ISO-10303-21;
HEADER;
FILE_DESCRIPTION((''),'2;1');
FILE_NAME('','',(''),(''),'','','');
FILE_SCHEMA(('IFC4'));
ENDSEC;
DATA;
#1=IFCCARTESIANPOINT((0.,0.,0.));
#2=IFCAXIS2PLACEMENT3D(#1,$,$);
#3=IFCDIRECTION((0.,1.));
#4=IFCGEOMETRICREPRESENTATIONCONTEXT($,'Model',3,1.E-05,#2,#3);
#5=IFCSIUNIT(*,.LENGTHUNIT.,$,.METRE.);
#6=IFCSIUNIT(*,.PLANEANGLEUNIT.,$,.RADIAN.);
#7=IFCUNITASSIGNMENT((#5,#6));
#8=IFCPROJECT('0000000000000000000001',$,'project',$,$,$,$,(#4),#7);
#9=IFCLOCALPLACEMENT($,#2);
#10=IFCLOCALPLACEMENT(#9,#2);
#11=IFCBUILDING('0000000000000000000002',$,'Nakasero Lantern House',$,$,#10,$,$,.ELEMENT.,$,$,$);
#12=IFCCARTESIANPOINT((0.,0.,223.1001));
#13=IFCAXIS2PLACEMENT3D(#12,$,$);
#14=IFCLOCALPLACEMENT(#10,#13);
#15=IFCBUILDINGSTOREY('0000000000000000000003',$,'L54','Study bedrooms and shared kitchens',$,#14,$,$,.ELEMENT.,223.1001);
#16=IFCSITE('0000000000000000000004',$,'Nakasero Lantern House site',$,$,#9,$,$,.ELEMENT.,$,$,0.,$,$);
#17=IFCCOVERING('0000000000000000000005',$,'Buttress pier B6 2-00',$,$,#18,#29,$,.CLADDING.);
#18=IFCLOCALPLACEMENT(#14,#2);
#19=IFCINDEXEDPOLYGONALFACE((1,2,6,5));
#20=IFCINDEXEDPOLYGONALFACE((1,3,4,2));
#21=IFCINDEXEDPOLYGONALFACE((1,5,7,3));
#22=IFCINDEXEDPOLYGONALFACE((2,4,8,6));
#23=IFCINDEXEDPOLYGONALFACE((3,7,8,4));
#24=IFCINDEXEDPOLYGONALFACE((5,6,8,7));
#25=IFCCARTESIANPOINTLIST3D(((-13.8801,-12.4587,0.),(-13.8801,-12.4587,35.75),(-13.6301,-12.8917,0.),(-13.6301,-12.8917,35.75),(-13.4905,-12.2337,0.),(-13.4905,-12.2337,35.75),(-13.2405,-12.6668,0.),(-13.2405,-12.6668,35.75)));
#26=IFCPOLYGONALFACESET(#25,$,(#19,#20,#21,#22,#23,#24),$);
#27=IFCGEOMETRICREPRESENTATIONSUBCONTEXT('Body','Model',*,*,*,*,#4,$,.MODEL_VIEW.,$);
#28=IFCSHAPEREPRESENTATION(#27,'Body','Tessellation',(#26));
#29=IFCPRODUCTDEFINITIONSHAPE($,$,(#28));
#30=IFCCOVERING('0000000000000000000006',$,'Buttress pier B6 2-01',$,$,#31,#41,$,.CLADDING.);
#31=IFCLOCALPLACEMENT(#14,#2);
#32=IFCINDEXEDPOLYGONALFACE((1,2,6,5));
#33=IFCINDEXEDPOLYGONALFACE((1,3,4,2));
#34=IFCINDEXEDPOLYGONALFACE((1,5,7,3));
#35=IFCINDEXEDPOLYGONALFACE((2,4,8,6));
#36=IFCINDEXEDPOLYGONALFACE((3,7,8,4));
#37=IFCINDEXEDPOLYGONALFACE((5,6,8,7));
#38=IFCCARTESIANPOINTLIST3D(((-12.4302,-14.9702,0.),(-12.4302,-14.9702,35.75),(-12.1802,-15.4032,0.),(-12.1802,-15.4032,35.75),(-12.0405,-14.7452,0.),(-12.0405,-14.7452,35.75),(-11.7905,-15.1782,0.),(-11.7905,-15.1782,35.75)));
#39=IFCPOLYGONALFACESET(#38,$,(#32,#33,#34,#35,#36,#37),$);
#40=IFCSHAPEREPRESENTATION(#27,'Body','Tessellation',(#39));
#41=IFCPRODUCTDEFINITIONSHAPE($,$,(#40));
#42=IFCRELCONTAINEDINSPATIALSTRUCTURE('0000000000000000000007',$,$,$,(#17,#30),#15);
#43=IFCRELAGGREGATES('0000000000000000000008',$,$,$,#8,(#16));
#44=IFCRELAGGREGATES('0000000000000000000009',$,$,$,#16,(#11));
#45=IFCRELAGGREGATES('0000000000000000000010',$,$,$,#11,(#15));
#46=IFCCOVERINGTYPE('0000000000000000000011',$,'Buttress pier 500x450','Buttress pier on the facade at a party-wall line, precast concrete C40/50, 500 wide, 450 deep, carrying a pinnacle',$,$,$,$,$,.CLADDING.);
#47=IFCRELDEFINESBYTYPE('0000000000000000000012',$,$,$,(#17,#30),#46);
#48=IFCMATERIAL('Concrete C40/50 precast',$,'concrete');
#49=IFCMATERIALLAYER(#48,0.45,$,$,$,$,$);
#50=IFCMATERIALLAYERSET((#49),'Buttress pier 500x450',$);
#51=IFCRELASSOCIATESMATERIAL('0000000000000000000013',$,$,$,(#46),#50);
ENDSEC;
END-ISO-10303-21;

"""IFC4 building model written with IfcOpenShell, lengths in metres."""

from ifc_helpers import new_model, si_unit, direction, frame, origin, origin_2d, place, context, subcontext, project, spatial, rectangle, extrude, material, layer, layer_set, type_object, element, save


model = new_model("IFC4")

# Units and contexts
model_context = context("Model", 3, precision=1e-05, world=origin(), true_north=direction((0.0, 1.0)))
body_context = subcontext(model_context, "Body", "Model", "MODEL_VIEW")
ifc_project = project(units=[si_unit("LENGTHUNIT", "METRE"), si_unit("PLANEANGLEUNIT", "RADIAN")], contexts=[model_context])

# Site, building, storey
site_placement = place(None, origin())
site = spatial("IfcSite", under=ifc_project, at=site_placement, Name="Nakasero Lantern House site", CompositionType="ELEMENT", RefElevation=0.0)
building_placement = place(site_placement, origin())
building = spatial("IfcBuilding", under=site, at=building_placement, Name="Nakasero Lantern House", CompositionType="ELEMENT")
storey_placement = place(building_placement, frame((0.0, 0.0, 223.1001)))
storey = spatial("IfcBuildingStorey", under=building, at=storey_placement, Name="L54", Description="Study bedrooms and shared kitchens", CompositionType="ELEMENT", Elevation=223.1001)

# Coverings
ifc_material_1 = material(Name="Concrete C40/50 precast", Category="concrete")
ifc_layer_1 = layer(ifc_material_1, 0.45)
ifc_layer_set_1 = layer_set([ifc_layer_1], Name="Buttress pier 500x450")
covering_type = type_object("IfcCoveringType", Name="Buttress pier 500x450", Description="Buttress pier on the facade at a party-wall line, precast concrete C40/50, 500 wide, 450 deep, carrying a pinnacle", PredefinedType="CLADDING", material=ifc_layer_set_1)
for number, where, z_axis, x_axis, name in (
    (1, (-13.5603, -12.5627, 0.0), (0.0, 0.0, 1.0), (-0.866025, -0.5, 0.0), "Buttress pier B6 2-00"),
    (2, (-12.1104, -15.0742, 0.0), (0.0, 0.0, 1.0), (-0.866025, -0.5, 0.0), "Buttress pier B6 2-01"),
):
    element("IfcCovering", number, at=place(storey_placement, frame(where, z_axis=z_axis, x_axis=x_axis)), inside=storey, type_object=covering_type, Name=name, PredefinedType="CLADDING", context=body_context, shape_type="SweptSolid", body=[
        extrude(rectangle(XDim=0.45, YDim=0.5, at=origin_2d()), origin(), (0.0, 0.0, 1.0), 35.75),
    ])

save(model, "model.ifc")
